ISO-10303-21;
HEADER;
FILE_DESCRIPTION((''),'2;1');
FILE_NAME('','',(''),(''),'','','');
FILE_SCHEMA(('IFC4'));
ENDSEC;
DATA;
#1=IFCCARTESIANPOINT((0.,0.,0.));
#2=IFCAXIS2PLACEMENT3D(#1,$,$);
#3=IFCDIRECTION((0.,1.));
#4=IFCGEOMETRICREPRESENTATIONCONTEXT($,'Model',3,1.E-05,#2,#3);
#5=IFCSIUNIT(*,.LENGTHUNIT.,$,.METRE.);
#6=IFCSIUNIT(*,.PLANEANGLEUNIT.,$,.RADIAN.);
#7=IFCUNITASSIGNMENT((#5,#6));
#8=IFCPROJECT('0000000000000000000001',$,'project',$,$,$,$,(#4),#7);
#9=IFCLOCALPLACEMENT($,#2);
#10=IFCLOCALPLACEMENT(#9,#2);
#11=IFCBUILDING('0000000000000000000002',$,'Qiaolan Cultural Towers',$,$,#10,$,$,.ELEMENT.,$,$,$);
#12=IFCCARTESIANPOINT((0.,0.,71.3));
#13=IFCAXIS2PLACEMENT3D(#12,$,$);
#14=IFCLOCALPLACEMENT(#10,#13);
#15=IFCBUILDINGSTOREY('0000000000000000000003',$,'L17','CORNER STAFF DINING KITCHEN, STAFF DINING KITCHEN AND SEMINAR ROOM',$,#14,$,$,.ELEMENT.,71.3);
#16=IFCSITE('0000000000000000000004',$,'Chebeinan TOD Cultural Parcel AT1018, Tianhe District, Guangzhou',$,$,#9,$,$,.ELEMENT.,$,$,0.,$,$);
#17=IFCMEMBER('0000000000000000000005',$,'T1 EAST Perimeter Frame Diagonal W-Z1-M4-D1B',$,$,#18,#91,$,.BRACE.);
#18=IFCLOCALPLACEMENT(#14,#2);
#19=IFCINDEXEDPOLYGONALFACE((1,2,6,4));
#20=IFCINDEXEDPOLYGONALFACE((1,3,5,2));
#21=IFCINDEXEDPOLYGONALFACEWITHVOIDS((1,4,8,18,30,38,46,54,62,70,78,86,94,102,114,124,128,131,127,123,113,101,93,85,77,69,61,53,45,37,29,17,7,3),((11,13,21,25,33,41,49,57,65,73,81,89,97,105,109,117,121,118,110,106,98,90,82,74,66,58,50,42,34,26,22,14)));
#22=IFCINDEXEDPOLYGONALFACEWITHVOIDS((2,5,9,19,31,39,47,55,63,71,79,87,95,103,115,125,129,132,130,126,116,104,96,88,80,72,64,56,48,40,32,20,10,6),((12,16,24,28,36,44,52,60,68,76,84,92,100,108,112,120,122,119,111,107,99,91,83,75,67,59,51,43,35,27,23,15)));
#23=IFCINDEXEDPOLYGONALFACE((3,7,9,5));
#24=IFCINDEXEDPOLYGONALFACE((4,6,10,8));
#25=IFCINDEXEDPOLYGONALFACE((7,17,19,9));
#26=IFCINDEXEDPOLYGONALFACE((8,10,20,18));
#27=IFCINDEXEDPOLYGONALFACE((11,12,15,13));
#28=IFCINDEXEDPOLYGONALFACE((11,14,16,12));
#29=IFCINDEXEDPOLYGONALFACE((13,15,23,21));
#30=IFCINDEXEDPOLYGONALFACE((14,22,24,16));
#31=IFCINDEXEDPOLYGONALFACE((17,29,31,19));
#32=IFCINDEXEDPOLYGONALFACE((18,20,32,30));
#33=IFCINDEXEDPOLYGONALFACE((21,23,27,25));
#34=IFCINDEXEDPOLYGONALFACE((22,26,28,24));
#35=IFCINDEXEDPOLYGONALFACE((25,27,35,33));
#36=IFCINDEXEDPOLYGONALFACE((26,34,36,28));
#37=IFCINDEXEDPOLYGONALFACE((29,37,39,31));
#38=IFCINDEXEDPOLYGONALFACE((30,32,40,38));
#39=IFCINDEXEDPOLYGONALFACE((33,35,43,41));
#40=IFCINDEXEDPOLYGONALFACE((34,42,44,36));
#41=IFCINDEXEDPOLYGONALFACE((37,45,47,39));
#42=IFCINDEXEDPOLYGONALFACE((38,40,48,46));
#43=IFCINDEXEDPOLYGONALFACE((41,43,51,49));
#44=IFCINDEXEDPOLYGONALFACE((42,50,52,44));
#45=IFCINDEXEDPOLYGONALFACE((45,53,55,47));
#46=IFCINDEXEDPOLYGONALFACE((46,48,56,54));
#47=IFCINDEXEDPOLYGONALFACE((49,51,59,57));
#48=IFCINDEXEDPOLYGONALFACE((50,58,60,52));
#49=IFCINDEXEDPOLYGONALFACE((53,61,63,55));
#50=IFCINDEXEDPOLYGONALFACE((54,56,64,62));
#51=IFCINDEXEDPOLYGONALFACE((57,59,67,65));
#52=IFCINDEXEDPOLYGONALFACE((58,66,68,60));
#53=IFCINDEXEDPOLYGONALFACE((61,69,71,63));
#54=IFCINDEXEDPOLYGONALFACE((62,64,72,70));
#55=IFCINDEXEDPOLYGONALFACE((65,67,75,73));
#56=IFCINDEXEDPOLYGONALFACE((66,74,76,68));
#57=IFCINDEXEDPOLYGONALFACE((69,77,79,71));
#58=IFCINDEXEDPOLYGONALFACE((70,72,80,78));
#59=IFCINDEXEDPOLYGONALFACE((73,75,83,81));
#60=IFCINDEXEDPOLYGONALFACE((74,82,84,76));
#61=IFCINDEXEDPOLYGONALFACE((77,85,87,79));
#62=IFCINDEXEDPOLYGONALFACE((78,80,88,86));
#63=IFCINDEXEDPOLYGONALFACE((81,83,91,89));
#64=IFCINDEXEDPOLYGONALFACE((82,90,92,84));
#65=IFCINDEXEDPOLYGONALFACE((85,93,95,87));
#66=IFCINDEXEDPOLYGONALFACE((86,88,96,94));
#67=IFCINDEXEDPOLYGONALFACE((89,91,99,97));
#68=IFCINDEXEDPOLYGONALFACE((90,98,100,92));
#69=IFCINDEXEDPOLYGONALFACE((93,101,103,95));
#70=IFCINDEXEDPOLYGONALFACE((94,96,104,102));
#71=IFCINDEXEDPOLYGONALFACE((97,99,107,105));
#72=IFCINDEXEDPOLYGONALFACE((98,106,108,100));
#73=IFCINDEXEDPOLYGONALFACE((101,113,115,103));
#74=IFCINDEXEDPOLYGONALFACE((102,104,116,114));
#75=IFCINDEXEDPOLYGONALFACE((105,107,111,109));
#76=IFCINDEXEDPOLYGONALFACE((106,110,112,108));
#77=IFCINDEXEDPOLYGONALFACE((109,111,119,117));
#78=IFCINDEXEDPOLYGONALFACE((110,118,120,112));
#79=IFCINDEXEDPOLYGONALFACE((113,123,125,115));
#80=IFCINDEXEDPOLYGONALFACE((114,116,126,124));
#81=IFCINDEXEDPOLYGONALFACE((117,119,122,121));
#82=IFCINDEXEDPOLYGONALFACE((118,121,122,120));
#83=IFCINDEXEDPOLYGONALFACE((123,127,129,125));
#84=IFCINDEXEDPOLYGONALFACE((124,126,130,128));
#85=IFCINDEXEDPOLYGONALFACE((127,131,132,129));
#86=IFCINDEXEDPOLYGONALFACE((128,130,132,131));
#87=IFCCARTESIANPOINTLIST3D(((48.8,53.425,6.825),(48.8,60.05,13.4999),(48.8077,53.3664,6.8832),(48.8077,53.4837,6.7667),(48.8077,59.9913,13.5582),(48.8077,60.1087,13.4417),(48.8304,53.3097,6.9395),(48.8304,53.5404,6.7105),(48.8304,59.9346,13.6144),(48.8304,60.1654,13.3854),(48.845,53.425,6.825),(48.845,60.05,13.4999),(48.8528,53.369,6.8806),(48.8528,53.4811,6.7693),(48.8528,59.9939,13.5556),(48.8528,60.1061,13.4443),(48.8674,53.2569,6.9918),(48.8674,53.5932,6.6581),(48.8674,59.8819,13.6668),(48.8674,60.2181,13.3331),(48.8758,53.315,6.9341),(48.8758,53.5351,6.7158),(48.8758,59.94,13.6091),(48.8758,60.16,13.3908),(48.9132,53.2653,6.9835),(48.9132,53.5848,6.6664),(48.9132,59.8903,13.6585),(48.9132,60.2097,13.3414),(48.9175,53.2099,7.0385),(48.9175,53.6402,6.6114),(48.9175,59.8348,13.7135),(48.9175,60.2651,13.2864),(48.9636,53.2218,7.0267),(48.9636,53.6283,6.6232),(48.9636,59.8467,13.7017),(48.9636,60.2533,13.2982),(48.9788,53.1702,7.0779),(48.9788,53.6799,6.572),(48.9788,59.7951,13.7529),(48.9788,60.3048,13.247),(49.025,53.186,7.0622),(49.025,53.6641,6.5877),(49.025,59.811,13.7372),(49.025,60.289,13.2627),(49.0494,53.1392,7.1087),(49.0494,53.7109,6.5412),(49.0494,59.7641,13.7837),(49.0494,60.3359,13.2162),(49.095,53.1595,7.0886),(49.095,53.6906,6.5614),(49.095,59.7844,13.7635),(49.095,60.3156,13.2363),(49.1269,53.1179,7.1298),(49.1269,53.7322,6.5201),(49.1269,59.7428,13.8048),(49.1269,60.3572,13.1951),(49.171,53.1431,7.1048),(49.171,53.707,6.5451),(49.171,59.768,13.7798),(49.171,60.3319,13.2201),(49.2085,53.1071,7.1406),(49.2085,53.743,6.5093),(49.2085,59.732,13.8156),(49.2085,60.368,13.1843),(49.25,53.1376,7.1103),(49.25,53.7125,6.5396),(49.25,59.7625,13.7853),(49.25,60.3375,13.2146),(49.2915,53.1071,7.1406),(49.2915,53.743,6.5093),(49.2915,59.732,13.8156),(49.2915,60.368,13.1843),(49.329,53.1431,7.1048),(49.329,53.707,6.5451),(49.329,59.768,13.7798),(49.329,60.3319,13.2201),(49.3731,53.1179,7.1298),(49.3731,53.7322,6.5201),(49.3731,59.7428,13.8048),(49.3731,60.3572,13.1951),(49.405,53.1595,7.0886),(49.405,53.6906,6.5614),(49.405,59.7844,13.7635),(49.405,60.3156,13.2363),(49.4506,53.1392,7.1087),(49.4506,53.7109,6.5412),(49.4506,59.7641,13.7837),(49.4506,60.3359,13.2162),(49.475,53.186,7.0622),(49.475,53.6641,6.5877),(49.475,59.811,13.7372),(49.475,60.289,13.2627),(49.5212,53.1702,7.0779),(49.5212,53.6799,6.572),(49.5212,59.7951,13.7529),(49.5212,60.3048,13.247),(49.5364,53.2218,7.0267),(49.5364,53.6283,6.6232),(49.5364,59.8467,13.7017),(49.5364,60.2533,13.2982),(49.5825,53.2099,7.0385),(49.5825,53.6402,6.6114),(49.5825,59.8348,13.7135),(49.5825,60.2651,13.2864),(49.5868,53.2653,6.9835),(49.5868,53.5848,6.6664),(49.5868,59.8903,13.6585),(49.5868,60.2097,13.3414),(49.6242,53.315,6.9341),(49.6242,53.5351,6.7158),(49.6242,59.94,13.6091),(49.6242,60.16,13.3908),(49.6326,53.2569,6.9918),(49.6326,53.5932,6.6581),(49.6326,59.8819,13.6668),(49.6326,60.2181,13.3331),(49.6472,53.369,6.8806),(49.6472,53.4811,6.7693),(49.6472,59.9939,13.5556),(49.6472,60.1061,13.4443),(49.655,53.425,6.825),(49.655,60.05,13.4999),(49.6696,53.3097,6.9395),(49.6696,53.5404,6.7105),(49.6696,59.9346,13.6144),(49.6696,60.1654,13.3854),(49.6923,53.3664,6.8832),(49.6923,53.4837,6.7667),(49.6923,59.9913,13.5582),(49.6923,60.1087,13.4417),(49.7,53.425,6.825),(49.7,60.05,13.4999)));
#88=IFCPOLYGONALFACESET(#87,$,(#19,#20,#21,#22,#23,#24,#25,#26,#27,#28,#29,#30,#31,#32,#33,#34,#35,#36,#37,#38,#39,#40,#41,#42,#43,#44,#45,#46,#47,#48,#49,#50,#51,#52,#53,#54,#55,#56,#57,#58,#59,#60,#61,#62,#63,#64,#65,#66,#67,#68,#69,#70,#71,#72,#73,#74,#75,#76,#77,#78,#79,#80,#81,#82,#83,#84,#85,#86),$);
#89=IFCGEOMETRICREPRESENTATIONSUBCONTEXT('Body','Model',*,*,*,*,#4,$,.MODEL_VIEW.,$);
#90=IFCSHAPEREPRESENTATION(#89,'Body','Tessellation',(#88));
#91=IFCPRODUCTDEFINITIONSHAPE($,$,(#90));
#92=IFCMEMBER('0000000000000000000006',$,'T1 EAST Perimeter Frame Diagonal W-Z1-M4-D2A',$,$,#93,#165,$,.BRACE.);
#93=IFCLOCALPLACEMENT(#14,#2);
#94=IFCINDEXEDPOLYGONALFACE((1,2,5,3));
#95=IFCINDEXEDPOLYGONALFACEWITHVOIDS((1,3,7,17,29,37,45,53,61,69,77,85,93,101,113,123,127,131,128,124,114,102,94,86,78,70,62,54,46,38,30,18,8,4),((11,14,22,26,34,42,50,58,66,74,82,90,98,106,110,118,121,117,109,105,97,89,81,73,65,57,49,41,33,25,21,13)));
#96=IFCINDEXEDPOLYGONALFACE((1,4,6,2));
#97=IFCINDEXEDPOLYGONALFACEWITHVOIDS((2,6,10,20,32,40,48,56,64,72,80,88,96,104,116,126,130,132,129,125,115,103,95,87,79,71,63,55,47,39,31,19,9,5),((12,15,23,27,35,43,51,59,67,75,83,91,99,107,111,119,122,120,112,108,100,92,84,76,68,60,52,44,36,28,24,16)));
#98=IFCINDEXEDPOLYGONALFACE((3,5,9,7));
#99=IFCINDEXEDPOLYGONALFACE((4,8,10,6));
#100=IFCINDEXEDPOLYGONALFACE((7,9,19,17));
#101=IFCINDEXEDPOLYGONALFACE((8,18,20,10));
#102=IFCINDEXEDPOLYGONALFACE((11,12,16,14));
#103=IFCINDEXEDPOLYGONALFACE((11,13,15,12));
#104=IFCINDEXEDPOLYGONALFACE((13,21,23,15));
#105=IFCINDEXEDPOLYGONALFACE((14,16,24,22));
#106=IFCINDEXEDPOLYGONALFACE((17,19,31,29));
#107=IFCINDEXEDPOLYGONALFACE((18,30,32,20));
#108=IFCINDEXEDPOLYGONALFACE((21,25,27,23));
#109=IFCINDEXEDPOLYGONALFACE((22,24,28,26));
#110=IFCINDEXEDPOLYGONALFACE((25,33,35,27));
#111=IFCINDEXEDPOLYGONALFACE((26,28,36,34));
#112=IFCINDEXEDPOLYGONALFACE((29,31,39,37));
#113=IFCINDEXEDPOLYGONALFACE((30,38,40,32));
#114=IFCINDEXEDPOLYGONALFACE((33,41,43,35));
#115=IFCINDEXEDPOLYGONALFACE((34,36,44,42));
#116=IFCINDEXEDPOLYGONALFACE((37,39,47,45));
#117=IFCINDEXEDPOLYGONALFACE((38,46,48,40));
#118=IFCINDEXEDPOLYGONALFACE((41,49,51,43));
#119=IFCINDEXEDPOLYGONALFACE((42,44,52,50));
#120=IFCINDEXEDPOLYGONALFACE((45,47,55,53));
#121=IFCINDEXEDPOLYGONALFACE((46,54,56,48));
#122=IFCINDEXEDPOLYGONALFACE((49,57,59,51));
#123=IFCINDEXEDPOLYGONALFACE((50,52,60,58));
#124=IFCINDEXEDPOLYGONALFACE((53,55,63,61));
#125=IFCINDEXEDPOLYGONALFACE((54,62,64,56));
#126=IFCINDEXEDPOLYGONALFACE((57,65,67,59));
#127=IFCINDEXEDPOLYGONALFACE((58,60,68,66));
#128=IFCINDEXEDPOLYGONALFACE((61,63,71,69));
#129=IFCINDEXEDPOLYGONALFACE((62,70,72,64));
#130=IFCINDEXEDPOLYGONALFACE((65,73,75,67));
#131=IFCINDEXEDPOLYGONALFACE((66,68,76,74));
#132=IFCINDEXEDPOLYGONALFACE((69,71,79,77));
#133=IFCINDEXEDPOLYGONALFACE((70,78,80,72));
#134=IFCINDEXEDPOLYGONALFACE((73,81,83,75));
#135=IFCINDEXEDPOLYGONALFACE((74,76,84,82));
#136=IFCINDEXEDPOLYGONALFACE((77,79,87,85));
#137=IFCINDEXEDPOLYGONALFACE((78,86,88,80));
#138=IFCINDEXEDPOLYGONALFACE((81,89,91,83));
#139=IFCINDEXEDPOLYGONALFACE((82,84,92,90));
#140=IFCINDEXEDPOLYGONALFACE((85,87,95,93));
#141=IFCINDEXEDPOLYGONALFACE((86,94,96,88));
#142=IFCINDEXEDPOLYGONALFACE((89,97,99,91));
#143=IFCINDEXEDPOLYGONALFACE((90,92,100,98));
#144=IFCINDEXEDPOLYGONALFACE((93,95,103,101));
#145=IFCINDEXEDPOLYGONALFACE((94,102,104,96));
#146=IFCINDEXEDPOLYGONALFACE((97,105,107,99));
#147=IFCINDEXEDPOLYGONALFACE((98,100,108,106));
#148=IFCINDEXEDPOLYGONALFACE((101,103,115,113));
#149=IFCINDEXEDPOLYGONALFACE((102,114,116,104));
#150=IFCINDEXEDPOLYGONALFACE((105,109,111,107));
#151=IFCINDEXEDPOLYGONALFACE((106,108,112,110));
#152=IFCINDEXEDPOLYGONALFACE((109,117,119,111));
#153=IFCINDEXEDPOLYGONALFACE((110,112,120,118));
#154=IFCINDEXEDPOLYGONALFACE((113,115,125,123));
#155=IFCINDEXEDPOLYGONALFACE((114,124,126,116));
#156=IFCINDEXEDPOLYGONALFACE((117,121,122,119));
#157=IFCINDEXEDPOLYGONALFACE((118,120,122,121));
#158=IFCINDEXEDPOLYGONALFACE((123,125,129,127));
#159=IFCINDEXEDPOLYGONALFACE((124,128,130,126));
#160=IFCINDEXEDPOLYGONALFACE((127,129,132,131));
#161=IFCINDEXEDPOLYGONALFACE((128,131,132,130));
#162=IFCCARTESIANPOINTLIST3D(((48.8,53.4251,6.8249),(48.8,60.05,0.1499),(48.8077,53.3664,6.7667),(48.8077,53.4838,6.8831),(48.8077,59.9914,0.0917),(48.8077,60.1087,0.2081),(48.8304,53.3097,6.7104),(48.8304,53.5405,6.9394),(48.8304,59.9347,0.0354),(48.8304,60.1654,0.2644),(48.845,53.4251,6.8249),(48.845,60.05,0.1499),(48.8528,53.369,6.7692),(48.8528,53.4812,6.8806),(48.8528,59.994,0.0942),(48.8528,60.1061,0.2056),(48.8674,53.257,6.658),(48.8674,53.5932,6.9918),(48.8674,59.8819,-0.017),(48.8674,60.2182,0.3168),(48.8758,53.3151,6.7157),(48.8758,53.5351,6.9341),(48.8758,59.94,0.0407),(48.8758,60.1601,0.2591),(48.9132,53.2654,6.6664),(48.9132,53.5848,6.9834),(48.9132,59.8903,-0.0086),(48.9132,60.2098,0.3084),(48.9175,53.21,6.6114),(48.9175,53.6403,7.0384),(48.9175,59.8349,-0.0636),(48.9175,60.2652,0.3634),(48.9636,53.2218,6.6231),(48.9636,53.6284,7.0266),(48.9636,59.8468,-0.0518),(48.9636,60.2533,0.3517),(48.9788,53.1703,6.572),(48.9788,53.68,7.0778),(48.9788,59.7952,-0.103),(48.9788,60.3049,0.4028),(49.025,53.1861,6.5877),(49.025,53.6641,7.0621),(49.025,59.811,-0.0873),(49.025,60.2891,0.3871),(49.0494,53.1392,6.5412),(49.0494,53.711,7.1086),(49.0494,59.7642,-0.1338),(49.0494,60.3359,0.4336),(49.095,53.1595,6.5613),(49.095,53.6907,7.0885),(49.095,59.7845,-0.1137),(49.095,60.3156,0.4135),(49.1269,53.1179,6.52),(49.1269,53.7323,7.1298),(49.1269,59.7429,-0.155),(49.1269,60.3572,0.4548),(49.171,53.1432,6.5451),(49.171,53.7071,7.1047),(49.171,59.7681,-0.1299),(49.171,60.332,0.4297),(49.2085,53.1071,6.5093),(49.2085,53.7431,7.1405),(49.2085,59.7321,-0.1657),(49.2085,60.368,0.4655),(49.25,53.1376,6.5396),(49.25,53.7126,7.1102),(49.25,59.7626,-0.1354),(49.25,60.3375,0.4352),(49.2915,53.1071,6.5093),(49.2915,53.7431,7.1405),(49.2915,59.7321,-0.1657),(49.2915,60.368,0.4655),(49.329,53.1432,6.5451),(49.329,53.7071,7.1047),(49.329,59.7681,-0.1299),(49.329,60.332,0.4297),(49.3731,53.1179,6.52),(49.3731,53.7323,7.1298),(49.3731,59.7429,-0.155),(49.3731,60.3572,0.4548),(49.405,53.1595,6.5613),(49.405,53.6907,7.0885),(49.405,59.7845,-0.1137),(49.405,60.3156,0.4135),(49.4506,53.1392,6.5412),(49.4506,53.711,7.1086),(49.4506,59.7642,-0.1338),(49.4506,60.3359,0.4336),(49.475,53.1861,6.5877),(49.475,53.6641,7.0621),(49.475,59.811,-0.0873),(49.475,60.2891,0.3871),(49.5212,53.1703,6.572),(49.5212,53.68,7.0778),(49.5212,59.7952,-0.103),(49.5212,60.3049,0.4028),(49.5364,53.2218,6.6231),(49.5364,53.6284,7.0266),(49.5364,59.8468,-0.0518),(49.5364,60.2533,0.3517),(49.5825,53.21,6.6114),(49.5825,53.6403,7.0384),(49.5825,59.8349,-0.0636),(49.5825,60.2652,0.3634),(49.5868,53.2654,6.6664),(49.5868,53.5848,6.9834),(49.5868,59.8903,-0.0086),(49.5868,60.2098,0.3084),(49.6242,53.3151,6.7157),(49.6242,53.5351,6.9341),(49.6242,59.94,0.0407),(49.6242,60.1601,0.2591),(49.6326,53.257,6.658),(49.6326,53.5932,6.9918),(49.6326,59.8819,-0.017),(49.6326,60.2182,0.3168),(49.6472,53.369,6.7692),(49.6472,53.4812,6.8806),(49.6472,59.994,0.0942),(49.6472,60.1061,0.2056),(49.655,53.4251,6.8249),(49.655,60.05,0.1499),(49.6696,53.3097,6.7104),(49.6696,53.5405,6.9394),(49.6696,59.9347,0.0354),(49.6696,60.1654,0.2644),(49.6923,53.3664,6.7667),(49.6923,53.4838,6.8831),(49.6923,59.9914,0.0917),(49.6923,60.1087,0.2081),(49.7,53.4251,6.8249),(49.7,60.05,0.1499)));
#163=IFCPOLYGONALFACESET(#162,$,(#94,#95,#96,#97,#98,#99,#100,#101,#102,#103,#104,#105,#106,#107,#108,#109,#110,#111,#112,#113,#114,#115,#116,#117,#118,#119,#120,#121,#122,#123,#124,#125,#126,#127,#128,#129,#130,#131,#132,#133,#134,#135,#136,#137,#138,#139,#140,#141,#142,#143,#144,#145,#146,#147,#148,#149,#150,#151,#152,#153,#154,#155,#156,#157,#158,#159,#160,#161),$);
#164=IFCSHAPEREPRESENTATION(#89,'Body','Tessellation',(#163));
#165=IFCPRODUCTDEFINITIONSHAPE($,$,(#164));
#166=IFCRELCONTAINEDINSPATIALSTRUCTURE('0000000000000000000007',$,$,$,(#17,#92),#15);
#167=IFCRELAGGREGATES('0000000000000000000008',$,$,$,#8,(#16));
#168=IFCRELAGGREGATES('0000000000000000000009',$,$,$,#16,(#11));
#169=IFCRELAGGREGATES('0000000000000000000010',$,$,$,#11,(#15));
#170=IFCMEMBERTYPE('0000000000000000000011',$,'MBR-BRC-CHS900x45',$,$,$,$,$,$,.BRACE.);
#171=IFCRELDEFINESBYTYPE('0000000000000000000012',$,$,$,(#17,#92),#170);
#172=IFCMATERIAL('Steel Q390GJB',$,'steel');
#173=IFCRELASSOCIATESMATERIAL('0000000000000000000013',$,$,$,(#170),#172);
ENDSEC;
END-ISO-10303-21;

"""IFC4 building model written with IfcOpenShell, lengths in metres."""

from ifc_helpers import new_model, si_unit, direction, frame, origin, origin_2d, place, context, subcontext, project, spatial, hollow_circle, extrude, material, material_profile, profile_set, type_object, element, save


model = new_model("IFC4")

# Units and contexts
model_context = context("Model", 3, precision=1e-05, world=origin(), true_north=direction((0.0, 1.0)))
body_context = subcontext(model_context, "Body", "Model", "MODEL_VIEW")
ifc_project = project(units=[si_unit("LENGTHUNIT", "METRE"), si_unit("PLANEANGLEUNIT", "RADIAN")], contexts=[model_context])

# Site, building, storey
site_placement = place(None, origin())
site = spatial("IfcSite", under=ifc_project, at=site_placement, Name="Chebeinan TOD Cultural Parcel AT1018, Tianhe District, Guangzhou", CompositionType="ELEMENT", RefElevation=0.0)
building_placement = place(site_placement, origin())
building = spatial("IfcBuilding", under=site, at=building_placement, Name="Qiaolan Cultural Towers", CompositionType="ELEMENT")
storey_placement = place(building_placement, frame((0.0, 0.0, 71.3)))
storey = spatial("IfcBuildingStorey", under=building, at=storey_placement, Name="L17", Description="CORNER STAFF DINING KITCHEN, STAFF DINING KITCHEN AND SEMINAR ROOM", CompositionType="ELEMENT", Elevation=71.3)

# Members
ifc_material_1 = material(Name="Steel Q390GJB", Category="steel")
ifc_material_profile_1 = material_profile(ifc_material_1, hollow_circle(Radius=0.45, WallThickness=0.0449, at=origin_2d()), Name="CHS900x45")
ifc_profile_set_1 = profile_set([ifc_material_profile_1], Name="Steel Q390GJB")
member_type = type_object("IfcMemberType", Name="MBR-BRC-CHS900x45", PredefinedType="BRACE", material=ifc_profile_set_1)
for number, where, z_axis, x_axis, name in (
    (1, (49.25, 53.425, 6.825), (0.0, 0.704441, 0.709763), (-1.0, 0.0, 0.0), "T1 EAST Perimeter Frame Diagonal W-Z1-M4-D1B"),
    (2, (49.25, 60.05, 0.1499), (0.0, -0.704441, 0.709763), (1.0, 0.0, 0.0), "T1 EAST Perimeter Frame Diagonal W-Z1-M4-D2A"),
):
    element("IfcMember", number, at=place(storey_placement, frame(where, z_axis=z_axis, x_axis=x_axis)), inside=storey, type_object=member_type, Name=name, PredefinedType="BRACE", context=body_context, shape_type="SweptSolid", body=[
        extrude(hollow_circle(Radius=0.45, WallThickness=0.0449, at=origin_2d()), origin(), (0.0, 0.0, 1.0), 9.4045),
    ])

save(model, "model.ifc")
